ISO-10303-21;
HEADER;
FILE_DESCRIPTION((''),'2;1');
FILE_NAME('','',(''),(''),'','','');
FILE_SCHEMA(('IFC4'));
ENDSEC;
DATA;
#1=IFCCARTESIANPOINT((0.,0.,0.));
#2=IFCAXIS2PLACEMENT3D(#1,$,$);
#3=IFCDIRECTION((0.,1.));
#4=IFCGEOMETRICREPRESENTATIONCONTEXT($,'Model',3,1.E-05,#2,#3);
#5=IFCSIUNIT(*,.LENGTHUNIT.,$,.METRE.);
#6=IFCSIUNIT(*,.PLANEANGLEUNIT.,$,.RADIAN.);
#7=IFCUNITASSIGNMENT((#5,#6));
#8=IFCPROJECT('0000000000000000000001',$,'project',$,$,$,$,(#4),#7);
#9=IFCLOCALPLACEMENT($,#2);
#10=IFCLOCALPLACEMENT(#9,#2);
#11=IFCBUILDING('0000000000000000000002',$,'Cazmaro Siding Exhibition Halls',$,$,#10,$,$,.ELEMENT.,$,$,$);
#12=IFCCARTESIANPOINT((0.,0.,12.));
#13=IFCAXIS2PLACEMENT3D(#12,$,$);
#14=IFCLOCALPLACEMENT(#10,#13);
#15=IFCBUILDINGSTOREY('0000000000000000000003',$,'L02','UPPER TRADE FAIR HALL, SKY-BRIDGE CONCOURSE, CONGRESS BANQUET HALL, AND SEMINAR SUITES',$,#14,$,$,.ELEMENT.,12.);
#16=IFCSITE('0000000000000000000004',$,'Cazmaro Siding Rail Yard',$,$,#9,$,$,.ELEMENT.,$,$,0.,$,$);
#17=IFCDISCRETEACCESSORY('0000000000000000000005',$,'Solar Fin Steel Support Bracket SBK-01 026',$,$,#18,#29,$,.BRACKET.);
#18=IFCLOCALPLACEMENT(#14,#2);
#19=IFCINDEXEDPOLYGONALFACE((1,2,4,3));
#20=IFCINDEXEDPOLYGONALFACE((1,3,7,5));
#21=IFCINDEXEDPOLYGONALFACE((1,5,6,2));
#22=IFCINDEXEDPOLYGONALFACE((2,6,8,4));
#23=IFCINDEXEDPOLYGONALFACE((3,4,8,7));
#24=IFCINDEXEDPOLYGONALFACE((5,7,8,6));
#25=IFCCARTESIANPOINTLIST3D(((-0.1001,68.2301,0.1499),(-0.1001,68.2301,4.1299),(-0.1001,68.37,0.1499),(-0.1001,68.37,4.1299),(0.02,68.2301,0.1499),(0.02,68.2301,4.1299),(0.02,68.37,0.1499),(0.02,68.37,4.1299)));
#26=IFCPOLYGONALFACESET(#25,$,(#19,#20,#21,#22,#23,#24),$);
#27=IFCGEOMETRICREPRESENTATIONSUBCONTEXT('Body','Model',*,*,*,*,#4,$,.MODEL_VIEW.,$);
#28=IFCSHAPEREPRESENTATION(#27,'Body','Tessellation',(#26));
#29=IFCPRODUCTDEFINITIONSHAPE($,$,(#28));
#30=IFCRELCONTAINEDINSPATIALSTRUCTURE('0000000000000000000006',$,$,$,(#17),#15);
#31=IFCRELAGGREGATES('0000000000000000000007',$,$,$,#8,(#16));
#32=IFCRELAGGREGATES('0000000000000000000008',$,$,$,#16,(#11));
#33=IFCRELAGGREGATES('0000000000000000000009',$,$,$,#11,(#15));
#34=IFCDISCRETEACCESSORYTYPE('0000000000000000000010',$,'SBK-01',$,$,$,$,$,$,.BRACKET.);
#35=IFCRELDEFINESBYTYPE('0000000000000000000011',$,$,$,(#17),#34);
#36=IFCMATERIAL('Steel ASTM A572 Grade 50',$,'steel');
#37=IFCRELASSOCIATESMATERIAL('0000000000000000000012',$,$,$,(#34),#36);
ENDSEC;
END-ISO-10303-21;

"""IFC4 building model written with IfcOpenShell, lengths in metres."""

from ifc_helpers import new_model, si_unit, direction, frame, origin, origin_2d, place, context, subcontext, project, spatial, rectangle, extrude, material, type_object, element, save


model = new_model("IFC4")

# Units and contexts
model_context = context("Model", 3, precision=1e-05, world=origin(), true_north=direction((0.0, 1.0)))
body_context = subcontext(model_context, "Body", "Model", "MODEL_VIEW")
ifc_project = project(units=[si_unit("LENGTHUNIT", "METRE"), si_unit("PLANEANGLEUNIT", "RADIAN")], contexts=[model_context])

# Site, building, storey
site_placement = place(None, origin())
site = spatial("IfcSite", under=ifc_project, at=site_placement, Name="Cazmaro Siding Rail Yard", CompositionType="ELEMENT", RefElevation=0.0)
building_placement = place(site_placement, origin())
building = spatial("IfcBuilding", under=site, at=building_placement, Name="Cazmaro Siding Exhibition Halls", CompositionType="ELEMENT")
storey_placement = place(building_placement, frame((0.0, 0.0, 12.0)))
storey = spatial("IfcBuildingStorey", under=building, at=storey_placement, Name="L02", Description="UPPER TRADE FAIR HALL, SKY-BRIDGE CONCOURSE, CONGRESS BANQUET HALL, AND SEMINAR SUITES", CompositionType="ELEMENT", Elevation=12.0)

# Discrete accessory
ifc_material_1 = material(Name="Steel ASTM A572 Grade 50", Category="steel")
discrete_accessory_type = type_object("IfcDiscreteAccessoryType", Name="SBK-01", PredefinedType="BRACKET", material=ifc_material_1)
for number, where, z_axis, x_axis, name in (
    (1, (-0.04, 68.3, 0.1499), (0.0, 0.0, 1.0), (1.0, 0.0, 0.0), "Solar Fin Steel Support Bracket SBK-01 026"),
):
    element("IfcDiscreteAccessory", number, at=place(storey_placement, frame(where, z_axis=z_axis, x_axis=x_axis)), inside=storey, type_object=discrete_accessory_type, Name=name, PredefinedType="BRACKET", context=body_context, shape_type="SweptSolid", body=[
        extrude(rectangle(XDim=0.1201, YDim=0.1399, at=origin_2d()), origin(), (0.0, 0.0, 1.0), 3.98),
    ])

save(model, "model.ifc")
